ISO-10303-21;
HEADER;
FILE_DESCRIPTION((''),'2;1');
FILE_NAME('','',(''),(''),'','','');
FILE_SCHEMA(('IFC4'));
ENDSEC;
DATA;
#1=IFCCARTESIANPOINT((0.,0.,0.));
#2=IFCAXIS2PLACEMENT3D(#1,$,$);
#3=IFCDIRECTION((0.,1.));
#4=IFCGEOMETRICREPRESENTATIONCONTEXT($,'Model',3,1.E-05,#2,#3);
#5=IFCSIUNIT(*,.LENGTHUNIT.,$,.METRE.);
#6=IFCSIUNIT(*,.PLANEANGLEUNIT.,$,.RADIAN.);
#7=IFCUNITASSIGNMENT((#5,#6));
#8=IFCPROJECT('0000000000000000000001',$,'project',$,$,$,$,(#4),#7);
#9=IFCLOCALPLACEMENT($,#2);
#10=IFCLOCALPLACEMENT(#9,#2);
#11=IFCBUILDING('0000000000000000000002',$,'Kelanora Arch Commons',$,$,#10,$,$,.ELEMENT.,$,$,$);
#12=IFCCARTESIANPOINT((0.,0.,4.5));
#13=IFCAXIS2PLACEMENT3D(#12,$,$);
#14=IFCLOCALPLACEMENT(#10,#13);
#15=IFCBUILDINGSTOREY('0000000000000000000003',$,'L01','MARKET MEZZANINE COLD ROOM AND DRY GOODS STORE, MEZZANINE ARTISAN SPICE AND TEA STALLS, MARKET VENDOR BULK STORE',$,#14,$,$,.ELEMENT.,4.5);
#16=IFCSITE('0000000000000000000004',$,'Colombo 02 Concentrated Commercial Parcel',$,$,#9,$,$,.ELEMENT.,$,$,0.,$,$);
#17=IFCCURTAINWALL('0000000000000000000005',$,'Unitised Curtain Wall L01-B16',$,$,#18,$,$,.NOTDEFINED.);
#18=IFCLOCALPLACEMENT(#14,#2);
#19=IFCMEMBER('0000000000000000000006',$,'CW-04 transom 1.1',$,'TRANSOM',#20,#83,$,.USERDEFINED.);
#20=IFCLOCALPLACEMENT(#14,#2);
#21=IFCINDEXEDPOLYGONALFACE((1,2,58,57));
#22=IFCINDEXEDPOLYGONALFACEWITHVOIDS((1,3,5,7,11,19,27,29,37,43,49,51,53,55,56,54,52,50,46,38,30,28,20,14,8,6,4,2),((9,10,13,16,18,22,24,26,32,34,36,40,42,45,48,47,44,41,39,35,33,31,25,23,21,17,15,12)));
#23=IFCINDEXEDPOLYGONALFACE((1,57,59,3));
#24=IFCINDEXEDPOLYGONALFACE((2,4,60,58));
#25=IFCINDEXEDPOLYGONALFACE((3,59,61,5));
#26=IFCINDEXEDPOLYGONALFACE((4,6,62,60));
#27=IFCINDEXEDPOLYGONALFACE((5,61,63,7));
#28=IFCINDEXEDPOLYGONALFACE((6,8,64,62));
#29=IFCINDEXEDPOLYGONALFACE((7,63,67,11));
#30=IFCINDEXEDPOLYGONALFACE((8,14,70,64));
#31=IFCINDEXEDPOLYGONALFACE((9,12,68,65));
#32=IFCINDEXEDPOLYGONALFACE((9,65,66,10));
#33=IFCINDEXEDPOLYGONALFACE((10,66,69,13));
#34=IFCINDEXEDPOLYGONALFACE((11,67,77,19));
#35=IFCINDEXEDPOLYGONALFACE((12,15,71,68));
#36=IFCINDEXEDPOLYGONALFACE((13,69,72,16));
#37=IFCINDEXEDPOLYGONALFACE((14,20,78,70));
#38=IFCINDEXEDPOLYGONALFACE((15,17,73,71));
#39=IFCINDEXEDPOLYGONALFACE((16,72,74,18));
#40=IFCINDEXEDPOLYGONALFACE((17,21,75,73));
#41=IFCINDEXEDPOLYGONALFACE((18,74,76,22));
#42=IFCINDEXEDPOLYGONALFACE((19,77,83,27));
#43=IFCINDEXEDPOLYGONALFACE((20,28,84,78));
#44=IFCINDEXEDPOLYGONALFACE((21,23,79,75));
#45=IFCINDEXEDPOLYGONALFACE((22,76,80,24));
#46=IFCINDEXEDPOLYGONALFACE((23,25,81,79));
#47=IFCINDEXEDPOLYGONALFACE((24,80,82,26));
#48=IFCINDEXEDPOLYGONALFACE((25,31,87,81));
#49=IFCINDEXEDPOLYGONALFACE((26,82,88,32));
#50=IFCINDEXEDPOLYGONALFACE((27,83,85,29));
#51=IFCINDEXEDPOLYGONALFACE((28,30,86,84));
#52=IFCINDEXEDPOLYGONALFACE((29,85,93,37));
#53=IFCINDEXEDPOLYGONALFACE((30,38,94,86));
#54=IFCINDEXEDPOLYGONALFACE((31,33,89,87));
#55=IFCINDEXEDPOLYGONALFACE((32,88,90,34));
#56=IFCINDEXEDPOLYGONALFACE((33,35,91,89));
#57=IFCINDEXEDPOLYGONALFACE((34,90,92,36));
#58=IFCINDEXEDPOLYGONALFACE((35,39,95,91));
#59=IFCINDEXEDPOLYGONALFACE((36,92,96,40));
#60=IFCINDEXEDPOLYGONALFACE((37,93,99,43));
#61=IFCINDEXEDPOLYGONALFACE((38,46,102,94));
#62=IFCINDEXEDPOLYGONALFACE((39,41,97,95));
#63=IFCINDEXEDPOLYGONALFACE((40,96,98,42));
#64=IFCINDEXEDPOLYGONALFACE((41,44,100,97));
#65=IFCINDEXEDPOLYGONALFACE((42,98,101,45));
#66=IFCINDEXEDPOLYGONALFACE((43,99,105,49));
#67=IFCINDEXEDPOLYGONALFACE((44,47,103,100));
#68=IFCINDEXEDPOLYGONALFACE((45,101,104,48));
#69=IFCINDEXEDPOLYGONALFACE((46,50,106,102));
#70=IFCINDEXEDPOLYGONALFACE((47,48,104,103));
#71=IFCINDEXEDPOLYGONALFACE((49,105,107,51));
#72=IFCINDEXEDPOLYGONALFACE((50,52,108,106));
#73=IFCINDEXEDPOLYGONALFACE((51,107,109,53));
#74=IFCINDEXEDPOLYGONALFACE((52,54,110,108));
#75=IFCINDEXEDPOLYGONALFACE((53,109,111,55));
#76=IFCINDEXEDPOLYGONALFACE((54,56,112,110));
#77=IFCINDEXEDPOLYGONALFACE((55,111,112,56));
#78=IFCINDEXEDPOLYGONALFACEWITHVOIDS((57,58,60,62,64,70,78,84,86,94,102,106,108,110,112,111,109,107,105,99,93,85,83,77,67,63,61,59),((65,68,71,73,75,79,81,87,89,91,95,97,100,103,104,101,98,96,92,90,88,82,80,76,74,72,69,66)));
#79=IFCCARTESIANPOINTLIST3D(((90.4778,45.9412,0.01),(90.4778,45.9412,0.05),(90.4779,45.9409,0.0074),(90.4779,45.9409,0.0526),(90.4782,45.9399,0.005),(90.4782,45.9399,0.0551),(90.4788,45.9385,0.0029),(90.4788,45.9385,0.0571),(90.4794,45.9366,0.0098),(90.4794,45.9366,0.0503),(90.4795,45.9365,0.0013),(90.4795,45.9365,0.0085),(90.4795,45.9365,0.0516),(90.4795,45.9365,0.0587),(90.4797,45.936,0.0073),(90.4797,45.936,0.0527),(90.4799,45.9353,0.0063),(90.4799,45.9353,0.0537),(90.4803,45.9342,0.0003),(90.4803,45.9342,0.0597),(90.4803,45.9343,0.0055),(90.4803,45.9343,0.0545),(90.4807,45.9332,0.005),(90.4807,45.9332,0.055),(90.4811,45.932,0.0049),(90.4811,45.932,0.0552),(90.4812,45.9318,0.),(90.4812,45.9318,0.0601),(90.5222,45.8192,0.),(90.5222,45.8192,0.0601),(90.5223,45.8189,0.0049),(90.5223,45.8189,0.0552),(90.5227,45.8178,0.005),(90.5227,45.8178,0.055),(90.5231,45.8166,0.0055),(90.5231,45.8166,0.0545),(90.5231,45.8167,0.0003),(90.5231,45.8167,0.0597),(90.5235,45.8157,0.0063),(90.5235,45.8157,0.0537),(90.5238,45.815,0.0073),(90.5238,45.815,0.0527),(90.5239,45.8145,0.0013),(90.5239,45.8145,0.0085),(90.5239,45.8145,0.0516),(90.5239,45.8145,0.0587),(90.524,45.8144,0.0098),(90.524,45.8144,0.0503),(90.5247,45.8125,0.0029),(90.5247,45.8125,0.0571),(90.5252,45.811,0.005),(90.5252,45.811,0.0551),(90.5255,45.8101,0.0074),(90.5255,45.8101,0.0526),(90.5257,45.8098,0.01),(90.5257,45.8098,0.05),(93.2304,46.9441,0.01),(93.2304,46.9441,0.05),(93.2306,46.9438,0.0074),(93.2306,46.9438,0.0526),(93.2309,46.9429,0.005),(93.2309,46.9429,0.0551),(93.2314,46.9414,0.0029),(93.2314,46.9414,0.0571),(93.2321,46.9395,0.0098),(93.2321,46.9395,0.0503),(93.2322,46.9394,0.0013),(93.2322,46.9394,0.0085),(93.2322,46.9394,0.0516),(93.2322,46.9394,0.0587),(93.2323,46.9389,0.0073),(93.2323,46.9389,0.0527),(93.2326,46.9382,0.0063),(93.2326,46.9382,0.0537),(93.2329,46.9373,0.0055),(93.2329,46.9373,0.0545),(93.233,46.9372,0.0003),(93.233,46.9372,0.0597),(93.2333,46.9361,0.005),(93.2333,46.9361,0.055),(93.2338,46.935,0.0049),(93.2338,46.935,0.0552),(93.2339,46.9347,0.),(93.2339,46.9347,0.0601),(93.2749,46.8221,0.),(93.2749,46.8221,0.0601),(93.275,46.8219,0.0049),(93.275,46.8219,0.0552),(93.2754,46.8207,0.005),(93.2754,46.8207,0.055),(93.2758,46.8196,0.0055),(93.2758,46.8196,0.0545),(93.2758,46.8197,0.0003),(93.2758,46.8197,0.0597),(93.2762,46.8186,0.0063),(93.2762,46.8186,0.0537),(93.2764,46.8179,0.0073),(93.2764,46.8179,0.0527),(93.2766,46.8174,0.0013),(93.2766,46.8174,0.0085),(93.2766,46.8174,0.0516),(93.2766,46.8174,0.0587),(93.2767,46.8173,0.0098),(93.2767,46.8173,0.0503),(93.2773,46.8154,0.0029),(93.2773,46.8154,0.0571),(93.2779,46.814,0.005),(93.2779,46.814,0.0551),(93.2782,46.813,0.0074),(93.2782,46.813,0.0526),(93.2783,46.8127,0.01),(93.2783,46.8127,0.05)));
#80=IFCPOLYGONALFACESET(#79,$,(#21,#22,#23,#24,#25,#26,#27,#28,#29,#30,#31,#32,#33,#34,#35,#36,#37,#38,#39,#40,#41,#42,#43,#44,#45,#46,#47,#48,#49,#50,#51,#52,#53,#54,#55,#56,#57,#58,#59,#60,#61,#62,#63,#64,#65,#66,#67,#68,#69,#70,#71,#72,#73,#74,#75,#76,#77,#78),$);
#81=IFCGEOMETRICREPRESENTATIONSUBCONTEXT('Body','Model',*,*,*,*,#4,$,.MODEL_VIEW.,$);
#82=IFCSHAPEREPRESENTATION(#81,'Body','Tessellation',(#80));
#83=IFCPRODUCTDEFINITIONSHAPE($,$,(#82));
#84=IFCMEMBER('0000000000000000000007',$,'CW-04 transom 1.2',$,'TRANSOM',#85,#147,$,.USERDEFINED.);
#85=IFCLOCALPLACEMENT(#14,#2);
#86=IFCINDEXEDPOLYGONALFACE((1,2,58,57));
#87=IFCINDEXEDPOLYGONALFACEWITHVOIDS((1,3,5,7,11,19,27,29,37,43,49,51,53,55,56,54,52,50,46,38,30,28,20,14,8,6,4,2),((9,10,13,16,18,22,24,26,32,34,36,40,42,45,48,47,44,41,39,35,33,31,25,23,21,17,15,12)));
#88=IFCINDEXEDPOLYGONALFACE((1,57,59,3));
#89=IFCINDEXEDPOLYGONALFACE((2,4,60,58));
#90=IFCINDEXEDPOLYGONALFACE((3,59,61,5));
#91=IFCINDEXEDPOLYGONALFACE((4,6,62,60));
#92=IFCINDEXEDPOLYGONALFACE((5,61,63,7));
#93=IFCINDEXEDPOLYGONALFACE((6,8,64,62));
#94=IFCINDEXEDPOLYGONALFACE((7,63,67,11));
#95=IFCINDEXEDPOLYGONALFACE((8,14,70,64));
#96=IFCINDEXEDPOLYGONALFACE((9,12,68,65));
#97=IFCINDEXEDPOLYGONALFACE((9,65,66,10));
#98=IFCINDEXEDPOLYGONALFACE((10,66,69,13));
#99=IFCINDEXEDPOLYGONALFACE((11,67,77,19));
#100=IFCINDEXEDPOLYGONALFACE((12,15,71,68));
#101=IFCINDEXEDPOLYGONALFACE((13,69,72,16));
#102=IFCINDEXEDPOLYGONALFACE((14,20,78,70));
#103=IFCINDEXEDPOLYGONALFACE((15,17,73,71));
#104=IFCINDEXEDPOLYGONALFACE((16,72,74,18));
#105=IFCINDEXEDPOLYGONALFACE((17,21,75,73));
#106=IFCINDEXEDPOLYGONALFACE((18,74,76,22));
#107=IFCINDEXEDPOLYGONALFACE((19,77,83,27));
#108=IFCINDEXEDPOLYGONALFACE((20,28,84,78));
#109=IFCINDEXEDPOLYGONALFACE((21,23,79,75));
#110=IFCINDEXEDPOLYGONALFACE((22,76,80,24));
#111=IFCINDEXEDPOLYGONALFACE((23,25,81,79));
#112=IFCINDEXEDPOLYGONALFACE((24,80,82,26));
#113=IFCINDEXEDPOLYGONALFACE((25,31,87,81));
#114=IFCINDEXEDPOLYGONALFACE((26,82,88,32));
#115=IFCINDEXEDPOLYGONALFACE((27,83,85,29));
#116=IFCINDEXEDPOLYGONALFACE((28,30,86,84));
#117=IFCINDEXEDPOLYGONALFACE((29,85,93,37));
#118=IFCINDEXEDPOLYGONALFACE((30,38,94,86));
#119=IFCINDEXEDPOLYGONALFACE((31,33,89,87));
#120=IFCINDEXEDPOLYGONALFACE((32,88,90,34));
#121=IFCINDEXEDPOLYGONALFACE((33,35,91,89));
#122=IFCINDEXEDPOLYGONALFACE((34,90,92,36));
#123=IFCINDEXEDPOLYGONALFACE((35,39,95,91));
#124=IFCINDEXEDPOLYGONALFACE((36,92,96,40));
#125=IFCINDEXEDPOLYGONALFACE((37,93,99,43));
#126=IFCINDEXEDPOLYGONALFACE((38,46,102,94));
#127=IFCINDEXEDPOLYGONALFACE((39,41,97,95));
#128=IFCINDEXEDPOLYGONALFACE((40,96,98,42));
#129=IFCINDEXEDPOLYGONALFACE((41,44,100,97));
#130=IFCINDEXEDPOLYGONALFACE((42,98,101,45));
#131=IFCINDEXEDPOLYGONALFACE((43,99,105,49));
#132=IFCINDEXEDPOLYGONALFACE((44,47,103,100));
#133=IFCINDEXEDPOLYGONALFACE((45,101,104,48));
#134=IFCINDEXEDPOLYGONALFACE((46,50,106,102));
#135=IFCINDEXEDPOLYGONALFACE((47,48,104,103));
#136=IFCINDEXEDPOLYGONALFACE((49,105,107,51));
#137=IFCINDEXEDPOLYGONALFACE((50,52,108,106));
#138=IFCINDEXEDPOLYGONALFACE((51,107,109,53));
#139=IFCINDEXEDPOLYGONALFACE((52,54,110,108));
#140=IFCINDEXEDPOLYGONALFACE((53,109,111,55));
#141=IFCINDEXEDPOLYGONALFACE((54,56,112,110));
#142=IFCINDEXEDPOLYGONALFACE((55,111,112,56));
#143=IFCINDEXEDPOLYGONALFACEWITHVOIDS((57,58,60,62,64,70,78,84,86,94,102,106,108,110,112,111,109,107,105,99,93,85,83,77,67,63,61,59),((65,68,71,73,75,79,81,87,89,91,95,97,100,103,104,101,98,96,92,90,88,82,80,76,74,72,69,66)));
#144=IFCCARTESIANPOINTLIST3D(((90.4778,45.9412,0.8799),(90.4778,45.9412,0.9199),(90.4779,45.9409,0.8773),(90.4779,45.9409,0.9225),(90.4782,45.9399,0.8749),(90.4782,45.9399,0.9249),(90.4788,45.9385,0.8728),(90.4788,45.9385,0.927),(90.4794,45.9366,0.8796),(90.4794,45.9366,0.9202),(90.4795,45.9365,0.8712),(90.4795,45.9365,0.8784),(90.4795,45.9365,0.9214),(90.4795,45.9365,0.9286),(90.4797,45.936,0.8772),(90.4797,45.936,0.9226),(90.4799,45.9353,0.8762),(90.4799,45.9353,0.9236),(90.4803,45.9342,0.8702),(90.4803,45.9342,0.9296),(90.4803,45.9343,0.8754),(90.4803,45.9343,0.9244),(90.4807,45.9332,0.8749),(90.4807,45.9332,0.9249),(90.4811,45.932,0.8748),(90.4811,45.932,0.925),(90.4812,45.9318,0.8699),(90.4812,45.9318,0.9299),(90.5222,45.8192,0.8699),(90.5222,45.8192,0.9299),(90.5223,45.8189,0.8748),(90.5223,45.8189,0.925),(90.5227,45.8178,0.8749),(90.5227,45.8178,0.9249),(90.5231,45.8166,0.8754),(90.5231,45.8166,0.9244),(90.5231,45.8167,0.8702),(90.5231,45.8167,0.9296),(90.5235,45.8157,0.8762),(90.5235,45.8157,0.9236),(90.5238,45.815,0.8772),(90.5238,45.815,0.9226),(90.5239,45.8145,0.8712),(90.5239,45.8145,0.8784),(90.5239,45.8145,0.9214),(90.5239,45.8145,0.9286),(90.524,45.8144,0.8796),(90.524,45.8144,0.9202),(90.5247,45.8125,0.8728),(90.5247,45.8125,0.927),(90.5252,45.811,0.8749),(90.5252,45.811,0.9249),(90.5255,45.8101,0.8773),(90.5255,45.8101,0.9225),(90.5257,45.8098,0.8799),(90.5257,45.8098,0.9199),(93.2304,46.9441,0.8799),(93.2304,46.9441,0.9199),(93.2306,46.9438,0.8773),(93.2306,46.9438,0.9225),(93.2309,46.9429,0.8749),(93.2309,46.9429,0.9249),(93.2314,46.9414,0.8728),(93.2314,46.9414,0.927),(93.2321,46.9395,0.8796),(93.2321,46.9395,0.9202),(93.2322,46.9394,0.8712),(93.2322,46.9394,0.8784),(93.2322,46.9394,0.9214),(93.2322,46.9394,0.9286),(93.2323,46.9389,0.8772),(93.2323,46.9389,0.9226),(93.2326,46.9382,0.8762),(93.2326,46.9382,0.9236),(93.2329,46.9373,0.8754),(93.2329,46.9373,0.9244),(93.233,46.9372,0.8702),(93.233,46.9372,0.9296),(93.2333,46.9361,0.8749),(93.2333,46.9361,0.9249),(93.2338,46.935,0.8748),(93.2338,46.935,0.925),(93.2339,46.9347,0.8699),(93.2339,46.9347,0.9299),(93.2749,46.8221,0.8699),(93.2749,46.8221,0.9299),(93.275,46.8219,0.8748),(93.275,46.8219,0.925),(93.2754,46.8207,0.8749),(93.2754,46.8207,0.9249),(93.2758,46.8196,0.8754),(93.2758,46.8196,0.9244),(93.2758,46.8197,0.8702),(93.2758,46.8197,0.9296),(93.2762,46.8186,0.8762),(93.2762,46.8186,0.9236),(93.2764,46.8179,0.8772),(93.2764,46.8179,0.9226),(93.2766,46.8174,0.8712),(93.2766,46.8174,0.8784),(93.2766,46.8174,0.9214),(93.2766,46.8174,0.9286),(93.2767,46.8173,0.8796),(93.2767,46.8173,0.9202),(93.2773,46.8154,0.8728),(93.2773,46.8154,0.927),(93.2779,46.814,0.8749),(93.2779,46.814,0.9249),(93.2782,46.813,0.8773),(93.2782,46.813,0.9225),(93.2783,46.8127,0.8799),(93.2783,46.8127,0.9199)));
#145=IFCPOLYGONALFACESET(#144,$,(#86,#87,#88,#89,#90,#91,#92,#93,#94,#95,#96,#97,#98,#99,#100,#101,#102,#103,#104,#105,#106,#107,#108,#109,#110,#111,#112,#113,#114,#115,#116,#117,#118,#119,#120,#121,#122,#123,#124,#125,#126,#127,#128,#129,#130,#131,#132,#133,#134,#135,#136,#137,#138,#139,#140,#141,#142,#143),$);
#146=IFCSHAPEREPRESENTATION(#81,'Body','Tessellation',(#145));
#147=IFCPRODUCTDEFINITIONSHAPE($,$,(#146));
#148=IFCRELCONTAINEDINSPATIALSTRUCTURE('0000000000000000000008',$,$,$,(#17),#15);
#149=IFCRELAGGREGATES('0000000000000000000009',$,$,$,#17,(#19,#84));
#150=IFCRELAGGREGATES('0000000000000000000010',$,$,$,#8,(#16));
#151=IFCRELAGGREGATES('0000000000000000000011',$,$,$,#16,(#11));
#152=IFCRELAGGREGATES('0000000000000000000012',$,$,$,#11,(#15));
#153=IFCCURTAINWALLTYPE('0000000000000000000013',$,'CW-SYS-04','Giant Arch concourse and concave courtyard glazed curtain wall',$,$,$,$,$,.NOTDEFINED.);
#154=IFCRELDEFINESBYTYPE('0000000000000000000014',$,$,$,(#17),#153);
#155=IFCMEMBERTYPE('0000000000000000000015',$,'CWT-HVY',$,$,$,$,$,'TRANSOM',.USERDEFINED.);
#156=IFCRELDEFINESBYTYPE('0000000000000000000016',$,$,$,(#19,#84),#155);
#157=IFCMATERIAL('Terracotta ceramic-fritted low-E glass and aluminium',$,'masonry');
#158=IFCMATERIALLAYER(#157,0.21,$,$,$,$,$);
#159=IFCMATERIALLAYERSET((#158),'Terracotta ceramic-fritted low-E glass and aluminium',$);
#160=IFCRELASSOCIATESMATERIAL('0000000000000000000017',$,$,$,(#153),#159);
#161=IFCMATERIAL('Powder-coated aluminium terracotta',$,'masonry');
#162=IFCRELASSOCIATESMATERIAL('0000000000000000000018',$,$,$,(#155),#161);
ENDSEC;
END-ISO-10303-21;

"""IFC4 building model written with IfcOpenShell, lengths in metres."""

from ifc_helpers import new_model, si_unit, direction, frame, origin, origin_2d, place, context, subcontext, project, spatial, hollow_rectangle, extrude, material, layer, layer_set, material_profile, profile_set, type_object, element, aggregate, save


model = new_model("IFC4")

# Units and contexts
model_context = context("Model", 3, precision=1e-05, world=origin(), true_north=direction((0.0, 1.0)))
body_context = subcontext(model_context, "Body", "Model", "MODEL_VIEW")
ifc_project = project(units=[si_unit("LENGTHUNIT", "METRE"), si_unit("PLANEANGLEUNIT", "RADIAN")], contexts=[model_context])

# Site, building, storey
site_placement = place(None, origin())
site = spatial("IfcSite", under=ifc_project, at=site_placement, Name="Colombo 02 Concentrated Commercial Parcel", CompositionType="ELEMENT", RefElevation=0.0)
building_placement = place(site_placement, origin())
building = spatial("IfcBuilding", under=site, at=building_placement, Name="Kelanora Arch Commons", CompositionType="ELEMENT")
storey_placement = place(building_placement, frame((0.0, 0.0, 4.5)))
storey = spatial("IfcBuildingStorey", under=building, at=storey_placement, Name="L01", Description="MARKET MEZZANINE COLD ROOM AND DRY GOODS STORE, MEZZANINE ARTISAN SPICE AND TEA STALLS, MARKET VENDOR BULK STORE", CompositionType="ELEMENT", Elevation=4.5)

# Curtain wall, members
ifc_material_1 = material(Name="Terracotta ceramic-fritted low-E glass and aluminium", Category="masonry")
ifc_layer_1 = layer(ifc_material_1, 0.21)
ifc_layer_set_1 = layer_set([ifc_layer_1], Name="Terracotta ceramic-fritted low-E glass and aluminium")
curtain_wall_type = type_object("IfcCurtainWallType", Name="CW-SYS-04", Description="Giant Arch concourse and concave courtyard glazed curtain wall", PredefinedType="NOTDEFINED", material=ifc_layer_set_1)
curtain_wall_placement = place(storey_placement, origin())
curtain_wall = element("IfcCurtainWall", 1, at=curtain_wall_placement, inside=storey, type_object=curtain_wall_type, Name="Unitised Curtain Wall L01-B16", PredefinedType="NOTDEFINED")
ifc_material_2 = material(Name="Powder-coated aluminium terracotta", Category="masonry")
ifc_material_profile_1 = material_profile(ifc_material_2, hollow_rectangle(XDim=0.1399, YDim=0.0601, WallThickness=0.0049, InnerFilletRadius=0.0049, OuterFilletRadius=0.01, at=origin_2d()), Name="CWT140x60")
ifc_profile_set_1 = profile_set([ifc_material_profile_1], Name="Powder-coated aluminium terracotta")
member_type_1 = type_object("IfcMemberType", Name="CWT-HVY", ElementType="TRANSOM", PredefinedType="USERDEFINED", material=ifc_profile_set_1)
member_1_placement = place(storey_placement, frame((90.5017, 45.8755, 0.03), z_axis=(0.939579, 0.342332, 0.0), x_axis=(-0.342332, 0.939579, 0.0)))
member_1 = element("IfcMember", 2, at=member_1_placement, type_object=member_type_1, Name="CW-04 transom 1.1", ObjectType="TRANSOM", PredefinedType="USERDEFINED", context=body_context, shape_type="SweptSolid", body=[
    extrude(hollow_rectangle(XDim=0.1399, YDim=0.0601, WallThickness=0.0049, InnerFilletRadius=0.0049, OuterFilletRadius=0.01, at=origin_2d()), origin(), (0.0, 0.0, 1.0), 2.9297),
])
member_2_placement = place(storey_placement, frame((90.5017, 45.8755, 0.8999), z_axis=(0.939579, 0.342332, 0.0), x_axis=(-0.342332, 0.939579, 0.0)))
member_2 = element("IfcMember", 3, at=member_2_placement, type_object=member_type_1, Name="CW-04 transom 1.2", ObjectType="TRANSOM", PredefinedType="USERDEFINED", context=body_context, shape_type="SweptSolid", body=[
    extrude(hollow_rectangle(XDim=0.1399, YDim=0.0601, WallThickness=0.0049, InnerFilletRadius=0.0049, OuterFilletRadius=0.01, at=origin_2d()), origin(), (0.0, 0.0, 1.0), 2.9297),
])
aggregate(curtain_wall, [member_1, member_2])

save(model, "model.ifc")
